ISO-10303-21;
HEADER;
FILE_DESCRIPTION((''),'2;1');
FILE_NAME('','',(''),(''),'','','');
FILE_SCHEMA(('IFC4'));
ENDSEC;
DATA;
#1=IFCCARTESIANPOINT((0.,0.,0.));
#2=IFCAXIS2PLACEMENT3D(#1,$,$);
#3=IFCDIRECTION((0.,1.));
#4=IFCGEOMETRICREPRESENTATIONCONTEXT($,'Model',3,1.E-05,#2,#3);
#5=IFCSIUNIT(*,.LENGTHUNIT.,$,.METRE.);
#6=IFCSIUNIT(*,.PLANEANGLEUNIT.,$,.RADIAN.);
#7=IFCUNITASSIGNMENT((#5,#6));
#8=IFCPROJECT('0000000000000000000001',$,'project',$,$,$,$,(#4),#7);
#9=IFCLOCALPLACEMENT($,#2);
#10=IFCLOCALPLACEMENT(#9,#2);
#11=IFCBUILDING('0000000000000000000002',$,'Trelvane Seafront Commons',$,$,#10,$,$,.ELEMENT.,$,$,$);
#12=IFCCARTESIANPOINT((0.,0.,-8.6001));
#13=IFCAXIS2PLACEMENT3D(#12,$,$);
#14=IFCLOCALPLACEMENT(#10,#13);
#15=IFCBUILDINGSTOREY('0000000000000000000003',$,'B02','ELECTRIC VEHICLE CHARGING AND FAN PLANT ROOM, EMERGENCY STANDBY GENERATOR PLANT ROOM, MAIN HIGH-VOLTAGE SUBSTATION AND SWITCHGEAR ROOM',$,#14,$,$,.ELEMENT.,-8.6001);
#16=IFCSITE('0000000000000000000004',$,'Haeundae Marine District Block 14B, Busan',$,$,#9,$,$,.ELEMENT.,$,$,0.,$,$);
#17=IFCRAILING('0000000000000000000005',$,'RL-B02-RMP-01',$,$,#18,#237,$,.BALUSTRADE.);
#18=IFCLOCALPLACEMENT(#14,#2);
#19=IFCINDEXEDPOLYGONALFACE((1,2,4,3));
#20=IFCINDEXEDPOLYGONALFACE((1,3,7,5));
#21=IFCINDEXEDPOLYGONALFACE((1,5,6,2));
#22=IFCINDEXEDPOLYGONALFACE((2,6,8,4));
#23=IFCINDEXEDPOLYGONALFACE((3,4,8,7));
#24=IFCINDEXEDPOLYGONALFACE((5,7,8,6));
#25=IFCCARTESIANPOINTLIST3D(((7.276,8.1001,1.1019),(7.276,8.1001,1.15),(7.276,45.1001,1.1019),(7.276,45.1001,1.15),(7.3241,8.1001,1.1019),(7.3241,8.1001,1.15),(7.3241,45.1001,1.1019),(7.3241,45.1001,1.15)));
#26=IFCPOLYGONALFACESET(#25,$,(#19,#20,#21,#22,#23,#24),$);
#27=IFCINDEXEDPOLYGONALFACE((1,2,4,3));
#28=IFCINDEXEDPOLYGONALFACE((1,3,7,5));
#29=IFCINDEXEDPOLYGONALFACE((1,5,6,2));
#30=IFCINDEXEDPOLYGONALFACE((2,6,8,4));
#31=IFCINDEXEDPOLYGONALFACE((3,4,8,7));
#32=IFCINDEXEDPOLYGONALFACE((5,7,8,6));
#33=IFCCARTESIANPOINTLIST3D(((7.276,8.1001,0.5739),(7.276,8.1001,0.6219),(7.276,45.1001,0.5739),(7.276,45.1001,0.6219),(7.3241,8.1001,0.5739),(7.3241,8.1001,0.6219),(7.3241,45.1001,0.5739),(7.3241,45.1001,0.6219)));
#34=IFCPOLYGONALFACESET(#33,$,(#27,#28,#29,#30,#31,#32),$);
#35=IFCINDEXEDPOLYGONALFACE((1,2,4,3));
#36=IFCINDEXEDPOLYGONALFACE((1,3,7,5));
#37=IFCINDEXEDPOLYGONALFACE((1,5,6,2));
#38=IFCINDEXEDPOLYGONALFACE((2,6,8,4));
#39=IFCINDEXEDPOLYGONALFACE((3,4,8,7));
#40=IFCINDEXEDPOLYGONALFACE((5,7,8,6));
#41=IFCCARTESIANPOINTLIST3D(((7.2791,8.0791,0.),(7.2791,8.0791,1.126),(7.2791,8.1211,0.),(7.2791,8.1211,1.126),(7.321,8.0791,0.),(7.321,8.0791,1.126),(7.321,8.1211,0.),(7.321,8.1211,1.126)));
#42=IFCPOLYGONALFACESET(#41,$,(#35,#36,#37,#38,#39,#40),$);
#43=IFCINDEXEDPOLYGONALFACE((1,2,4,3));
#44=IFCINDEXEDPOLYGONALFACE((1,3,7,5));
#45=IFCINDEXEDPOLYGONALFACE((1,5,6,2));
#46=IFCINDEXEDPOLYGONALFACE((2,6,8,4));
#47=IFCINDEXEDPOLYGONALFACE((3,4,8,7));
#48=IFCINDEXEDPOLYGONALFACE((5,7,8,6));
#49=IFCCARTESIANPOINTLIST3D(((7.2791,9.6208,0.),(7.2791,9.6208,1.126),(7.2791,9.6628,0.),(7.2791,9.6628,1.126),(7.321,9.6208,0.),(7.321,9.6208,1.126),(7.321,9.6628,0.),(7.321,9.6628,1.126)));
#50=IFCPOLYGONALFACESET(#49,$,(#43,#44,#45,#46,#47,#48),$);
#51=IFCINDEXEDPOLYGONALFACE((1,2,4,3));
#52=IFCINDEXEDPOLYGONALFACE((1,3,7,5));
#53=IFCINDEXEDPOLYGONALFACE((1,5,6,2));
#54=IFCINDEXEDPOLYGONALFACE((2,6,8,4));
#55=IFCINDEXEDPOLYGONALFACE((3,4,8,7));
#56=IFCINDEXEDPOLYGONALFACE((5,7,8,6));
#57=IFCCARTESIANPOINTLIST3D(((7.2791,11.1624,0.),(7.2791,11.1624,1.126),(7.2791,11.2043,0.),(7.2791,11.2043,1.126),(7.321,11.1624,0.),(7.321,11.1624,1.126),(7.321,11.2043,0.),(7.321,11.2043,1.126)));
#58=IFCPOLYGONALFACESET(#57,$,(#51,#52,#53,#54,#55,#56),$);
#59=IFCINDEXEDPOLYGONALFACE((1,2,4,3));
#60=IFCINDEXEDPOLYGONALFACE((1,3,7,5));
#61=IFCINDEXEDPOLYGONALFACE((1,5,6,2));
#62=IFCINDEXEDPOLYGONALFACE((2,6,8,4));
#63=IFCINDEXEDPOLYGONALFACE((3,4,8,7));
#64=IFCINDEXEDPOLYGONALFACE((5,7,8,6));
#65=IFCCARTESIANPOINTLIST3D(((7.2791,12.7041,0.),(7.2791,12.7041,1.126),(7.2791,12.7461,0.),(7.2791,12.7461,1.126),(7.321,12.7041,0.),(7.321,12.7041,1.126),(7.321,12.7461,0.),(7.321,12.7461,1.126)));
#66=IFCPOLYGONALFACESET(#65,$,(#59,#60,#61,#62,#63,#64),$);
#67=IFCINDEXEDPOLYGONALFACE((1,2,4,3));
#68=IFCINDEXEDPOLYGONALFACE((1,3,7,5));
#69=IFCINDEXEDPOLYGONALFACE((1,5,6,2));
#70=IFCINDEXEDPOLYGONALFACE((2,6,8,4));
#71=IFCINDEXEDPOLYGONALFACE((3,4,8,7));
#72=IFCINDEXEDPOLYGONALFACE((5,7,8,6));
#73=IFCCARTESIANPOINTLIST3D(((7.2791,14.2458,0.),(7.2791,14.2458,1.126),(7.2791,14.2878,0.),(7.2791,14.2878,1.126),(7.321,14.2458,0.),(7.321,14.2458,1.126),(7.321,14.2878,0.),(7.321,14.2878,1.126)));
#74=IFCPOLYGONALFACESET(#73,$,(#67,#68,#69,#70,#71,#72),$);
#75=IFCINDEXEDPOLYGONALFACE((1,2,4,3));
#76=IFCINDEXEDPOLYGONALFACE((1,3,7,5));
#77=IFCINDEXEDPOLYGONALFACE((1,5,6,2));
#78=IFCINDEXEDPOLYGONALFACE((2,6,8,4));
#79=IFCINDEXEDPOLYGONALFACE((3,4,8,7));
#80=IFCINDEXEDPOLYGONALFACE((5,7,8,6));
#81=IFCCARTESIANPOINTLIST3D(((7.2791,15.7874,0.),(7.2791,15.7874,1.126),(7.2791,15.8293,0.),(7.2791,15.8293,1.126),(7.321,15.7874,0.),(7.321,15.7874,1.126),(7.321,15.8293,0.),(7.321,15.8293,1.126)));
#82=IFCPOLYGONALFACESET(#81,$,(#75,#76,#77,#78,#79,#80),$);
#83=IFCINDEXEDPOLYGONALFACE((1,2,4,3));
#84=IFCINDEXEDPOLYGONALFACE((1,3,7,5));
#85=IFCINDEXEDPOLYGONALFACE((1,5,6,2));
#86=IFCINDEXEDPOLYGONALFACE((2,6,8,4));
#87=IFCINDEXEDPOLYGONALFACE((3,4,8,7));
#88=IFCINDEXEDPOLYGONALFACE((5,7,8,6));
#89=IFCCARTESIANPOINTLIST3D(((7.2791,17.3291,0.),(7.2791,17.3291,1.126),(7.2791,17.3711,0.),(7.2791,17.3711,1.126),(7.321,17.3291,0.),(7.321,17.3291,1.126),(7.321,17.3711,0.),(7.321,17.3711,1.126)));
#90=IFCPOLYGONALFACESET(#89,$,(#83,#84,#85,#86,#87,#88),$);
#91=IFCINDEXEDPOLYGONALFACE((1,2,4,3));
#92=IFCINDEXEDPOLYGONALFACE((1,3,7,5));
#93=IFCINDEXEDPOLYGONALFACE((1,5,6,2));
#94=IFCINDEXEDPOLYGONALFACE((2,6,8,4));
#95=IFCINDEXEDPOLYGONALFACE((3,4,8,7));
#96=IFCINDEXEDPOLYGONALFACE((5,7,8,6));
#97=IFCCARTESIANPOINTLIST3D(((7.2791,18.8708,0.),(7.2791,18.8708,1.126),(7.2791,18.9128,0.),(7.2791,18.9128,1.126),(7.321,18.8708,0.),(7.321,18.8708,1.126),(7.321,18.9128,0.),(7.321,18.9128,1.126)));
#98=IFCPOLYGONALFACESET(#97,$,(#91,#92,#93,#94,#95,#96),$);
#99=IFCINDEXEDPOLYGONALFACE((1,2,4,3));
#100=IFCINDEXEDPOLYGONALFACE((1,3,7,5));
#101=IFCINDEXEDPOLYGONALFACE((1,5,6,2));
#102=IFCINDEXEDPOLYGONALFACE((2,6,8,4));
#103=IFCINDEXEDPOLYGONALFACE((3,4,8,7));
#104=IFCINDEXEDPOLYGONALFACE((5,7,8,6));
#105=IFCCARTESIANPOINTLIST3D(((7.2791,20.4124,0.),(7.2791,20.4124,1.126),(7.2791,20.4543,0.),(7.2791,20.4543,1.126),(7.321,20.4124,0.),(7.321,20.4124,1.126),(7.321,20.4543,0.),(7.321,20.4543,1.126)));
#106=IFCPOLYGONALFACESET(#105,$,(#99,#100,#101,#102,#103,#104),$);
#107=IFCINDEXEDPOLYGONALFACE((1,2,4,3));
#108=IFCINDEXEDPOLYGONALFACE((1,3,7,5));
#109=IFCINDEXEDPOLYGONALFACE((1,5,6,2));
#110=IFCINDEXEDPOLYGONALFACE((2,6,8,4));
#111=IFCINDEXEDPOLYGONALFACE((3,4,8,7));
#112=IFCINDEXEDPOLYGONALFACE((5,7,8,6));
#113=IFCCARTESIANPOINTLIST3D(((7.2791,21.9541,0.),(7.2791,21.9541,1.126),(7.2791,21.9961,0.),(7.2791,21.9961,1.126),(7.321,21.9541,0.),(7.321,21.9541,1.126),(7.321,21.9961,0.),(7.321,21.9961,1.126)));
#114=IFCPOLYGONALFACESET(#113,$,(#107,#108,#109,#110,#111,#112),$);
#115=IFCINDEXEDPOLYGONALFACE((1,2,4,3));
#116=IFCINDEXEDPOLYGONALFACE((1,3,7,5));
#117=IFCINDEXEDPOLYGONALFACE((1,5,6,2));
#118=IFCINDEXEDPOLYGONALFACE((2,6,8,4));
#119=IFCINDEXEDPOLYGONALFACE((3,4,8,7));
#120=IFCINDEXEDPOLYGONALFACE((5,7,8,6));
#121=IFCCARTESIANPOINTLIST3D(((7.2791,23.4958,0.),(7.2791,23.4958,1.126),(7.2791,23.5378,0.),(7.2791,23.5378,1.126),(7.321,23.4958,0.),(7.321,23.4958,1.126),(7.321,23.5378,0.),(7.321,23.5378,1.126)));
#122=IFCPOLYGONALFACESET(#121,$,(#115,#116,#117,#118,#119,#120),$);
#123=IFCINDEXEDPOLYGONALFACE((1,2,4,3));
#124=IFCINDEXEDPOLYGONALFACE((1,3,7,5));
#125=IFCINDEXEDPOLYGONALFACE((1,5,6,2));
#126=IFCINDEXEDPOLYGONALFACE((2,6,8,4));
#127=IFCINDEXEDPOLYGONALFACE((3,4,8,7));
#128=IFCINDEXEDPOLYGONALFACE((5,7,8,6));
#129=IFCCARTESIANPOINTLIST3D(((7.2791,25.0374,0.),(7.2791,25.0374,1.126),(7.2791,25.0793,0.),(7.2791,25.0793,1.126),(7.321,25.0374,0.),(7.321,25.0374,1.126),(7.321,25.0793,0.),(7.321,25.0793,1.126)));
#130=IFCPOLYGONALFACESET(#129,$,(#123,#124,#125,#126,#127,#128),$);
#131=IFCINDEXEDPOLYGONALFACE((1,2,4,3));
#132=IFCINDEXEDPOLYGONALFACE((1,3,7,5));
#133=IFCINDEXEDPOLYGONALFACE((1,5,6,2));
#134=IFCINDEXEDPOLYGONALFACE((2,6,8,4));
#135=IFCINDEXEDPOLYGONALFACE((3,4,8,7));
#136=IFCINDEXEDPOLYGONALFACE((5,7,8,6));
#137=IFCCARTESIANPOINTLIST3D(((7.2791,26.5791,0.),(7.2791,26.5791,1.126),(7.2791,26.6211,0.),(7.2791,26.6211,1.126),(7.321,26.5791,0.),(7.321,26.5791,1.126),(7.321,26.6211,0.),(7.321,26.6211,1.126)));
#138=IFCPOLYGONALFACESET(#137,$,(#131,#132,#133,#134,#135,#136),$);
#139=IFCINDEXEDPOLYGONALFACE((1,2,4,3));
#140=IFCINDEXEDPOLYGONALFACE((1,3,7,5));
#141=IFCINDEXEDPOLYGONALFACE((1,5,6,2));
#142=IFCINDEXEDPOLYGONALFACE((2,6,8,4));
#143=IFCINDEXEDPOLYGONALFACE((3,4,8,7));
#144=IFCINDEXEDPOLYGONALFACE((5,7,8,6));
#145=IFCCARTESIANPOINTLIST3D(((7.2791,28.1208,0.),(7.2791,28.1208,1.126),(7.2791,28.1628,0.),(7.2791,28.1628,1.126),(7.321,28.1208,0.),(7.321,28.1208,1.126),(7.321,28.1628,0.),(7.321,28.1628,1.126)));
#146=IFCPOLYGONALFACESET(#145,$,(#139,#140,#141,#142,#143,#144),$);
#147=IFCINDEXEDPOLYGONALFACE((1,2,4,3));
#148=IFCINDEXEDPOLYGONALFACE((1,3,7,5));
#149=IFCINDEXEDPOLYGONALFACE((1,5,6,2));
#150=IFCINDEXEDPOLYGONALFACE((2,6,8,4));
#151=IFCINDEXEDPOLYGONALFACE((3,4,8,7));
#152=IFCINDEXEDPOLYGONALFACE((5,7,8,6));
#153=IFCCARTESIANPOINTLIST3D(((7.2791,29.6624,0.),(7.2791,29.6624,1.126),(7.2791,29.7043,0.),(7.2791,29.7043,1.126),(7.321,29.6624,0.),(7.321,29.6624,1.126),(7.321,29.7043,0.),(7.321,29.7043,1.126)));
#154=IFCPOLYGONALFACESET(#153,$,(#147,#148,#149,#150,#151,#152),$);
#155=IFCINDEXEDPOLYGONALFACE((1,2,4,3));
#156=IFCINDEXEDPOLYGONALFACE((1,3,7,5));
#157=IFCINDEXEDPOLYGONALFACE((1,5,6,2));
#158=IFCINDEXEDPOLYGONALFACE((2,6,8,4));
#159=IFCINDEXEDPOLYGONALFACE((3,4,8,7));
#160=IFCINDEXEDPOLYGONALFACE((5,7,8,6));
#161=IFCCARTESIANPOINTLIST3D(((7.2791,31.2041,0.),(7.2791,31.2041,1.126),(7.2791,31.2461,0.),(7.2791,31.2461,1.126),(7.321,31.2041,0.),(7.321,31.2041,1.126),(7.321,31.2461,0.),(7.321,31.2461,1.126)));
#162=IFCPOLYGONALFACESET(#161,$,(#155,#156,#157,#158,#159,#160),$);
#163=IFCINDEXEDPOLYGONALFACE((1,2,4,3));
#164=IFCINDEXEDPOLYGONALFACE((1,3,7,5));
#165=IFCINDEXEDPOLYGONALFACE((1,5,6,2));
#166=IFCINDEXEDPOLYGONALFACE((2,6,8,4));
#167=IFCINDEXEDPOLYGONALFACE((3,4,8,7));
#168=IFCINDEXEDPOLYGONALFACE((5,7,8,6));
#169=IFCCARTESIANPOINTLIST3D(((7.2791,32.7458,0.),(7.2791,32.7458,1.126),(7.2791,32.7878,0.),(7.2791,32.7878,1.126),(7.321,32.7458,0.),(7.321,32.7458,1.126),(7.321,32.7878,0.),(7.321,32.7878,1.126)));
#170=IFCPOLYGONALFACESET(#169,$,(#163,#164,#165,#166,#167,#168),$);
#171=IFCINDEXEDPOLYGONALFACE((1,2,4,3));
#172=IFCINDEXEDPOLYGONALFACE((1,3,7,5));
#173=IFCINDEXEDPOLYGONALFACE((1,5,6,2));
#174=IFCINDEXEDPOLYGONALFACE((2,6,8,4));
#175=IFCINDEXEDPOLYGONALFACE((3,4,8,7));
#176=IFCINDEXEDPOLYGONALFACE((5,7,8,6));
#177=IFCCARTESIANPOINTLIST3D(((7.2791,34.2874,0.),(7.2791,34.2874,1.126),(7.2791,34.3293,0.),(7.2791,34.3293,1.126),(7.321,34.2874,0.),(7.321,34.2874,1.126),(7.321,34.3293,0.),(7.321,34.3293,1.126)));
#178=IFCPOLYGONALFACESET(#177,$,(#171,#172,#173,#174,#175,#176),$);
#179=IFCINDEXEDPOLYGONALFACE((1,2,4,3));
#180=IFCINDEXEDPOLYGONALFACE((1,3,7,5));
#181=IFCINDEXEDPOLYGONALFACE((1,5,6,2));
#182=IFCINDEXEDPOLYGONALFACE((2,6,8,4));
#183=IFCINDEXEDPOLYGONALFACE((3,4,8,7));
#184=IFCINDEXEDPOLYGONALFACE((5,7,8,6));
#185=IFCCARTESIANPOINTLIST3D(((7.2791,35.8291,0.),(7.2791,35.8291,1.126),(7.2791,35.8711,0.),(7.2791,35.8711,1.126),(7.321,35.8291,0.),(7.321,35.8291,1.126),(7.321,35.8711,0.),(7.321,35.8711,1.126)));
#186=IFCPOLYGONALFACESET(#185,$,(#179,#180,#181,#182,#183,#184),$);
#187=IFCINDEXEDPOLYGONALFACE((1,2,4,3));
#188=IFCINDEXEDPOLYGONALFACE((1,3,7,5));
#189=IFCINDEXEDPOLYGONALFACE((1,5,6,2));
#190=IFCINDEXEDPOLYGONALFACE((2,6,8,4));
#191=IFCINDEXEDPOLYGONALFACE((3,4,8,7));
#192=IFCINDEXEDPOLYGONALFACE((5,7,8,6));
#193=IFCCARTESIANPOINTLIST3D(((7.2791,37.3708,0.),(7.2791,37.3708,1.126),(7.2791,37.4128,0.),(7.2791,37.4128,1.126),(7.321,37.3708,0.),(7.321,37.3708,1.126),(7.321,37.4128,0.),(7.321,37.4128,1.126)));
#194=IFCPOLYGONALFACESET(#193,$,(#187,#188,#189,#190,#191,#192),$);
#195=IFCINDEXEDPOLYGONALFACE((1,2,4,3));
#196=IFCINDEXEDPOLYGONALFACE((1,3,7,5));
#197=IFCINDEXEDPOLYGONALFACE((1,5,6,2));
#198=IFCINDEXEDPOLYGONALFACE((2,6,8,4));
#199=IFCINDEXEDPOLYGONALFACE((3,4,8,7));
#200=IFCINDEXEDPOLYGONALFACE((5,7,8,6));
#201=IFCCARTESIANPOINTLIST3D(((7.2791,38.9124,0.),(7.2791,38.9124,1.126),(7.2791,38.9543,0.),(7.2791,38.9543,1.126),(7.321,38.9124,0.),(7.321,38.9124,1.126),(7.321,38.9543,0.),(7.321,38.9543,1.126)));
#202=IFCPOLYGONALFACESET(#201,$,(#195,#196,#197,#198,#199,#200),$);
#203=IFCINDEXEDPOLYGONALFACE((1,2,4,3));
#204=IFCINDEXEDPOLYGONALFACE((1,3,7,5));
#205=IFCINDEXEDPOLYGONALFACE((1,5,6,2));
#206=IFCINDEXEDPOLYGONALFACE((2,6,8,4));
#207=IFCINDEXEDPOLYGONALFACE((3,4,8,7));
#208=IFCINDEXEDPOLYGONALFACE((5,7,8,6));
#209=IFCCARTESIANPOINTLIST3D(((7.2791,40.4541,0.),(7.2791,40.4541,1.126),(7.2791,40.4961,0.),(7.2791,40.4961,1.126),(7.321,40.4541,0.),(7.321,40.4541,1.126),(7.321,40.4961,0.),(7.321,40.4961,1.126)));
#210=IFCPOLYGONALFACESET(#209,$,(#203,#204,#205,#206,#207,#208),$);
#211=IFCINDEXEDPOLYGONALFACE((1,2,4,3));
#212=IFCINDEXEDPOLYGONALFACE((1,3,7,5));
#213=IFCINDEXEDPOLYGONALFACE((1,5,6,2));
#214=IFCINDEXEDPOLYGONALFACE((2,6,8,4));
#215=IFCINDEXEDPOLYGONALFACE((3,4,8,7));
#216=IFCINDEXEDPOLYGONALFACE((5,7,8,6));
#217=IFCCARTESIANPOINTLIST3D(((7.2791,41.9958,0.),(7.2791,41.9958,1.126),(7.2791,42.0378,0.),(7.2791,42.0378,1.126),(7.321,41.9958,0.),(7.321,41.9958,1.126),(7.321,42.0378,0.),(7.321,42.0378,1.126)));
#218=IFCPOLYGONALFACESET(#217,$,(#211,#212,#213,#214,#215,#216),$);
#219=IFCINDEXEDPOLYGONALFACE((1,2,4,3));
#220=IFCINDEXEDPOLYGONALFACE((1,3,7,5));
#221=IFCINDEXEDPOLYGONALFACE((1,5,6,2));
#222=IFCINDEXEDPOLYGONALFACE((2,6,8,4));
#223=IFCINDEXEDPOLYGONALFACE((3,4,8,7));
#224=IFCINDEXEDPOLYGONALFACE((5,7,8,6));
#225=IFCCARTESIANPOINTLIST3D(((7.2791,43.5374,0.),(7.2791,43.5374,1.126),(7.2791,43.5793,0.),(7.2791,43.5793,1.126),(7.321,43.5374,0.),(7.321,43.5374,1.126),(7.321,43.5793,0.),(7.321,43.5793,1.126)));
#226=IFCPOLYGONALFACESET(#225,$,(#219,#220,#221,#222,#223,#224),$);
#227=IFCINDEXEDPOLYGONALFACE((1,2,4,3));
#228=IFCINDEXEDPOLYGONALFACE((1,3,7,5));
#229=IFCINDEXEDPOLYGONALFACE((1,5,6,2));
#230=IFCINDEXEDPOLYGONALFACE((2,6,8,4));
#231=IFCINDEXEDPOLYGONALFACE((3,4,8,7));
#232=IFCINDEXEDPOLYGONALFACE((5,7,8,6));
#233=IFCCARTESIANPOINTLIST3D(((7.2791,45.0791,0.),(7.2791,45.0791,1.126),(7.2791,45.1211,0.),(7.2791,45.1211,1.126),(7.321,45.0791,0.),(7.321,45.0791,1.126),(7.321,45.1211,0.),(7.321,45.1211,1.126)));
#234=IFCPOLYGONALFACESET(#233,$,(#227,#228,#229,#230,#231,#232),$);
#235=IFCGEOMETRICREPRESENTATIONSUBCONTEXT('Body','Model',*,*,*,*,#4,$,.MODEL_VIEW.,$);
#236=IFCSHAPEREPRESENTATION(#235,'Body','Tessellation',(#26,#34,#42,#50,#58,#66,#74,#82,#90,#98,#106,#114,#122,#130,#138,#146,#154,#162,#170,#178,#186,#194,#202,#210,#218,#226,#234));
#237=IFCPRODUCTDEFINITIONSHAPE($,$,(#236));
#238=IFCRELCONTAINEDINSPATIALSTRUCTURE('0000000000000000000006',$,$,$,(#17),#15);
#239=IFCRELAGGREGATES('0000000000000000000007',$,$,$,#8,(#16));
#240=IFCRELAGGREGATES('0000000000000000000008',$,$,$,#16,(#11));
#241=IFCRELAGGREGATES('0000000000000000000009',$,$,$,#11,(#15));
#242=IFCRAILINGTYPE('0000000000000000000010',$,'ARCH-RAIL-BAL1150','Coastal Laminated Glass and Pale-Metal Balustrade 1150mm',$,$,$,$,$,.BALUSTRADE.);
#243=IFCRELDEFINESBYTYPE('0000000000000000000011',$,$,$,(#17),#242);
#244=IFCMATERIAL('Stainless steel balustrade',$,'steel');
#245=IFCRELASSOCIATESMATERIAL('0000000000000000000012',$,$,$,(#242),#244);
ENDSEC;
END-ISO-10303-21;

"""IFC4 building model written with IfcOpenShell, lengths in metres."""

from ifc_helpers import new_model, si_unit, direction, frame, origin, origin_2d, place, context, subcontext, project, spatial, rectangle, extrude, material, type_object, element, save


model = new_model("IFC4")

# Units and contexts
model_context = context("Model", 3, precision=1e-05, world=origin(), true_north=direction((0.0, 1.0)))
body_context = subcontext(model_context, "Body", "Model", "MODEL_VIEW")
ifc_project = project(units=[si_unit("LENGTHUNIT", "METRE"), si_unit("PLANEANGLEUNIT", "RADIAN")], contexts=[model_context])

# Site, building, storey
site_placement = place(None, origin())
site = spatial("IfcSite", under=ifc_project, at=site_placement, Name="Haeundae Marine District Block 14B, Busan", CompositionType="ELEMENT", RefElevation=0.0)
building_placement = place(site_placement, origin())
building = spatial("IfcBuilding", under=site, at=building_placement, Name="Trelvane Seafront Commons", CompositionType="ELEMENT")
storey_placement = place(building_placement, frame((0.0, 0.0, -8.6001)))
storey = spatial("IfcBuildingStorey", under=building, at=storey_placement, Name="B02", Description="ELECTRIC VEHICLE CHARGING AND FAN PLANT ROOM, EMERGENCY STANDBY GENERATOR PLANT ROOM, MAIN HIGH-VOLTAGE SUBSTATION AND SWITCHGEAR ROOM", CompositionType="ELEMENT", Elevation=-8.6001)

# Railing
ifc_material_1 = material(Name="Stainless steel balustrade", Category="steel")
railing_type = type_object("IfcRailingType", Name="ARCH-RAIL-BAL1150", Description="Coastal Laminated Glass and Pale-Metal Balustrade 1150mm", PredefinedType="BALUSTRADE", material=ifc_material_1)
railing_placement = place(storey_placement, frame((7.3, 8.1001, 0.0)))
element("IfcRailing", 1, at=railing_placement, inside=storey, type_object=railing_type, Name="RL-B02-RMP-01", PredefinedType="BALUSTRADE", context=body_context, shape_type="SweptSolid", body=[
    extrude(rectangle(XDim=0.0481, YDim=0.0481, at=origin_2d()), frame((0.0, 0.0, 1.126), z_axis=(0.0, 1.0, 0.0), x_axis=(-1.0, 0.0, 0.0)), (0.0, 0.0, 1.0), 37.0),
    extrude(rectangle(XDim=0.0481, YDim=0.0481, at=origin_2d()), frame((0.0, 0.0, 0.5979), z_axis=(0.0, 1.0, 0.0), x_axis=(-1.0, 0.0, 0.0)), (0.0, 0.0, 1.0), 37.0),
    extrude(rectangle(XDim=0.042, YDim=0.042, at=origin_2d()), origin(), (0.0, 0.0, 1.0), 1.126),
    extrude(rectangle(XDim=0.042, YDim=0.042, at=origin_2d()), frame((0.0, 1.5417, 0.0)), (0.0, 0.0, 1.0), 1.126),
    extrude(rectangle(XDim=0.042, YDim=0.042, at=origin_2d()), frame((0.0, 3.0833, 0.0)), (0.0, 0.0, 1.0), 1.126),
    extrude(rectangle(XDim=0.042, YDim=0.042, at=origin_2d()), frame((0.0, 4.625, 0.0)), (0.0, 0.0, 1.0), 1.126),
    extrude(rectangle(XDim=0.042, YDim=0.042, at=origin_2d()), frame((0.0, 6.1667, 0.0)), (0.0, 0.0, 1.0), 1.126),
    extrude(rectangle(XDim=0.042, YDim=0.042, at=origin_2d()), frame((0.0, 7.7083, 0.0)), (0.0, 0.0, 1.0), 1.126),
    extrude(rectangle(XDim=0.042, YDim=0.042, at=origin_2d()), frame((0.0, 9.25, 0.0)), (0.0, 0.0, 1.0), 1.126),
    extrude(rectangle(XDim=0.042, YDim=0.042, at=origin_2d()), frame((0.0, 10.7917, 0.0)), (0.0, 0.0, 1.0), 1.126),
    extrude(rectangle(XDim=0.042, YDim=0.042, at=origin_2d()), frame((0.0, 12.3333, 0.0)), (0.0, 0.0, 1.0), 1.126),
    extrude(rectangle(XDim=0.042, YDim=0.042, at=origin_2d()), frame((0.0, 13.875, 0.0)), (0.0, 0.0, 1.0), 1.126),
    extrude(rectangle(XDim=0.042, YDim=0.042, at=origin_2d()), frame((0.0, 15.4167, 0.0)), (0.0, 0.0, 1.0), 1.126),
    extrude(rectangle(XDim=0.042, YDim=0.042, at=origin_2d()), frame((0.0, 16.9583, 0.0)), (0.0, 0.0, 1.0), 1.126),
    extrude(rectangle(XDim=0.042, YDim=0.042, at=origin_2d()), frame((0.0, 18.5, 0.0)), (0.0, 0.0, 1.0), 1.126),
    extrude(rectangle(XDim=0.042, YDim=0.042, at=origin_2d()), frame((0.0, 20.0417, 0.0)), (0.0, 0.0, 1.0), 1.126),
    extrude(rectangle(XDim=0.042, YDim=0.042, at=origin_2d()), frame((0.0, 21.5833, 0.0)), (0.0, 0.0, 1.0), 1.126),
    extrude(rectangle(XDim=0.042, YDim=0.042, at=origin_2d()), frame((0.0, 23.125, 0.0)), (0.0, 0.0, 1.0), 1.126),
    extrude(rectangle(XDim=0.042, YDim=0.042, at=origin_2d()), frame((0.0, 24.6667, 0.0)), (0.0, 0.0, 1.0), 1.126),
    extrude(rectangle(XDim=0.042, YDim=0.042, at=origin_2d()), frame((0.0, 26.2083, 0.0)), (0.0, 0.0, 1.0), 1.126),
    extrude(rectangle(XDim=0.042, YDim=0.042, at=origin_2d()), frame((0.0, 27.75, 0.0)), (0.0, 0.0, 1.0), 1.126),
    extrude(rectangle(XDim=0.042, YDim=0.042, at=origin_2d()), frame((0.0, 29.2917, 0.0)), (0.0, 0.0, 1.0), 1.126),
    extrude(rectangle(XDim=0.042, YDim=0.042, at=origin_2d()), frame((0.0, 30.8333, 0.0)), (0.0, 0.0, 1.0), 1.126),
    extrude(rectangle(XDim=0.042, YDim=0.042, at=origin_2d()), frame((0.0, 32.375, 0.0)), (0.0, 0.0, 1.0), 1.126),
    extrude(rectangle(XDim=0.042, YDim=0.042, at=origin_2d()), frame((0.0, 33.9167, 0.0)), (0.0, 0.0, 1.0), 1.126),
    extrude(rectangle(XDim=0.042, YDim=0.042, at=origin_2d()), frame((0.0, 35.4583, 0.0)), (0.0, 0.0, 1.0), 1.126),
    extrude(rectangle(XDim=0.042, YDim=0.042, at=origin_2d()), frame((0.0, 37.0, 0.0)), (0.0, 0.0, 1.0), 1.126),
])

save(model, "model.ifc")
